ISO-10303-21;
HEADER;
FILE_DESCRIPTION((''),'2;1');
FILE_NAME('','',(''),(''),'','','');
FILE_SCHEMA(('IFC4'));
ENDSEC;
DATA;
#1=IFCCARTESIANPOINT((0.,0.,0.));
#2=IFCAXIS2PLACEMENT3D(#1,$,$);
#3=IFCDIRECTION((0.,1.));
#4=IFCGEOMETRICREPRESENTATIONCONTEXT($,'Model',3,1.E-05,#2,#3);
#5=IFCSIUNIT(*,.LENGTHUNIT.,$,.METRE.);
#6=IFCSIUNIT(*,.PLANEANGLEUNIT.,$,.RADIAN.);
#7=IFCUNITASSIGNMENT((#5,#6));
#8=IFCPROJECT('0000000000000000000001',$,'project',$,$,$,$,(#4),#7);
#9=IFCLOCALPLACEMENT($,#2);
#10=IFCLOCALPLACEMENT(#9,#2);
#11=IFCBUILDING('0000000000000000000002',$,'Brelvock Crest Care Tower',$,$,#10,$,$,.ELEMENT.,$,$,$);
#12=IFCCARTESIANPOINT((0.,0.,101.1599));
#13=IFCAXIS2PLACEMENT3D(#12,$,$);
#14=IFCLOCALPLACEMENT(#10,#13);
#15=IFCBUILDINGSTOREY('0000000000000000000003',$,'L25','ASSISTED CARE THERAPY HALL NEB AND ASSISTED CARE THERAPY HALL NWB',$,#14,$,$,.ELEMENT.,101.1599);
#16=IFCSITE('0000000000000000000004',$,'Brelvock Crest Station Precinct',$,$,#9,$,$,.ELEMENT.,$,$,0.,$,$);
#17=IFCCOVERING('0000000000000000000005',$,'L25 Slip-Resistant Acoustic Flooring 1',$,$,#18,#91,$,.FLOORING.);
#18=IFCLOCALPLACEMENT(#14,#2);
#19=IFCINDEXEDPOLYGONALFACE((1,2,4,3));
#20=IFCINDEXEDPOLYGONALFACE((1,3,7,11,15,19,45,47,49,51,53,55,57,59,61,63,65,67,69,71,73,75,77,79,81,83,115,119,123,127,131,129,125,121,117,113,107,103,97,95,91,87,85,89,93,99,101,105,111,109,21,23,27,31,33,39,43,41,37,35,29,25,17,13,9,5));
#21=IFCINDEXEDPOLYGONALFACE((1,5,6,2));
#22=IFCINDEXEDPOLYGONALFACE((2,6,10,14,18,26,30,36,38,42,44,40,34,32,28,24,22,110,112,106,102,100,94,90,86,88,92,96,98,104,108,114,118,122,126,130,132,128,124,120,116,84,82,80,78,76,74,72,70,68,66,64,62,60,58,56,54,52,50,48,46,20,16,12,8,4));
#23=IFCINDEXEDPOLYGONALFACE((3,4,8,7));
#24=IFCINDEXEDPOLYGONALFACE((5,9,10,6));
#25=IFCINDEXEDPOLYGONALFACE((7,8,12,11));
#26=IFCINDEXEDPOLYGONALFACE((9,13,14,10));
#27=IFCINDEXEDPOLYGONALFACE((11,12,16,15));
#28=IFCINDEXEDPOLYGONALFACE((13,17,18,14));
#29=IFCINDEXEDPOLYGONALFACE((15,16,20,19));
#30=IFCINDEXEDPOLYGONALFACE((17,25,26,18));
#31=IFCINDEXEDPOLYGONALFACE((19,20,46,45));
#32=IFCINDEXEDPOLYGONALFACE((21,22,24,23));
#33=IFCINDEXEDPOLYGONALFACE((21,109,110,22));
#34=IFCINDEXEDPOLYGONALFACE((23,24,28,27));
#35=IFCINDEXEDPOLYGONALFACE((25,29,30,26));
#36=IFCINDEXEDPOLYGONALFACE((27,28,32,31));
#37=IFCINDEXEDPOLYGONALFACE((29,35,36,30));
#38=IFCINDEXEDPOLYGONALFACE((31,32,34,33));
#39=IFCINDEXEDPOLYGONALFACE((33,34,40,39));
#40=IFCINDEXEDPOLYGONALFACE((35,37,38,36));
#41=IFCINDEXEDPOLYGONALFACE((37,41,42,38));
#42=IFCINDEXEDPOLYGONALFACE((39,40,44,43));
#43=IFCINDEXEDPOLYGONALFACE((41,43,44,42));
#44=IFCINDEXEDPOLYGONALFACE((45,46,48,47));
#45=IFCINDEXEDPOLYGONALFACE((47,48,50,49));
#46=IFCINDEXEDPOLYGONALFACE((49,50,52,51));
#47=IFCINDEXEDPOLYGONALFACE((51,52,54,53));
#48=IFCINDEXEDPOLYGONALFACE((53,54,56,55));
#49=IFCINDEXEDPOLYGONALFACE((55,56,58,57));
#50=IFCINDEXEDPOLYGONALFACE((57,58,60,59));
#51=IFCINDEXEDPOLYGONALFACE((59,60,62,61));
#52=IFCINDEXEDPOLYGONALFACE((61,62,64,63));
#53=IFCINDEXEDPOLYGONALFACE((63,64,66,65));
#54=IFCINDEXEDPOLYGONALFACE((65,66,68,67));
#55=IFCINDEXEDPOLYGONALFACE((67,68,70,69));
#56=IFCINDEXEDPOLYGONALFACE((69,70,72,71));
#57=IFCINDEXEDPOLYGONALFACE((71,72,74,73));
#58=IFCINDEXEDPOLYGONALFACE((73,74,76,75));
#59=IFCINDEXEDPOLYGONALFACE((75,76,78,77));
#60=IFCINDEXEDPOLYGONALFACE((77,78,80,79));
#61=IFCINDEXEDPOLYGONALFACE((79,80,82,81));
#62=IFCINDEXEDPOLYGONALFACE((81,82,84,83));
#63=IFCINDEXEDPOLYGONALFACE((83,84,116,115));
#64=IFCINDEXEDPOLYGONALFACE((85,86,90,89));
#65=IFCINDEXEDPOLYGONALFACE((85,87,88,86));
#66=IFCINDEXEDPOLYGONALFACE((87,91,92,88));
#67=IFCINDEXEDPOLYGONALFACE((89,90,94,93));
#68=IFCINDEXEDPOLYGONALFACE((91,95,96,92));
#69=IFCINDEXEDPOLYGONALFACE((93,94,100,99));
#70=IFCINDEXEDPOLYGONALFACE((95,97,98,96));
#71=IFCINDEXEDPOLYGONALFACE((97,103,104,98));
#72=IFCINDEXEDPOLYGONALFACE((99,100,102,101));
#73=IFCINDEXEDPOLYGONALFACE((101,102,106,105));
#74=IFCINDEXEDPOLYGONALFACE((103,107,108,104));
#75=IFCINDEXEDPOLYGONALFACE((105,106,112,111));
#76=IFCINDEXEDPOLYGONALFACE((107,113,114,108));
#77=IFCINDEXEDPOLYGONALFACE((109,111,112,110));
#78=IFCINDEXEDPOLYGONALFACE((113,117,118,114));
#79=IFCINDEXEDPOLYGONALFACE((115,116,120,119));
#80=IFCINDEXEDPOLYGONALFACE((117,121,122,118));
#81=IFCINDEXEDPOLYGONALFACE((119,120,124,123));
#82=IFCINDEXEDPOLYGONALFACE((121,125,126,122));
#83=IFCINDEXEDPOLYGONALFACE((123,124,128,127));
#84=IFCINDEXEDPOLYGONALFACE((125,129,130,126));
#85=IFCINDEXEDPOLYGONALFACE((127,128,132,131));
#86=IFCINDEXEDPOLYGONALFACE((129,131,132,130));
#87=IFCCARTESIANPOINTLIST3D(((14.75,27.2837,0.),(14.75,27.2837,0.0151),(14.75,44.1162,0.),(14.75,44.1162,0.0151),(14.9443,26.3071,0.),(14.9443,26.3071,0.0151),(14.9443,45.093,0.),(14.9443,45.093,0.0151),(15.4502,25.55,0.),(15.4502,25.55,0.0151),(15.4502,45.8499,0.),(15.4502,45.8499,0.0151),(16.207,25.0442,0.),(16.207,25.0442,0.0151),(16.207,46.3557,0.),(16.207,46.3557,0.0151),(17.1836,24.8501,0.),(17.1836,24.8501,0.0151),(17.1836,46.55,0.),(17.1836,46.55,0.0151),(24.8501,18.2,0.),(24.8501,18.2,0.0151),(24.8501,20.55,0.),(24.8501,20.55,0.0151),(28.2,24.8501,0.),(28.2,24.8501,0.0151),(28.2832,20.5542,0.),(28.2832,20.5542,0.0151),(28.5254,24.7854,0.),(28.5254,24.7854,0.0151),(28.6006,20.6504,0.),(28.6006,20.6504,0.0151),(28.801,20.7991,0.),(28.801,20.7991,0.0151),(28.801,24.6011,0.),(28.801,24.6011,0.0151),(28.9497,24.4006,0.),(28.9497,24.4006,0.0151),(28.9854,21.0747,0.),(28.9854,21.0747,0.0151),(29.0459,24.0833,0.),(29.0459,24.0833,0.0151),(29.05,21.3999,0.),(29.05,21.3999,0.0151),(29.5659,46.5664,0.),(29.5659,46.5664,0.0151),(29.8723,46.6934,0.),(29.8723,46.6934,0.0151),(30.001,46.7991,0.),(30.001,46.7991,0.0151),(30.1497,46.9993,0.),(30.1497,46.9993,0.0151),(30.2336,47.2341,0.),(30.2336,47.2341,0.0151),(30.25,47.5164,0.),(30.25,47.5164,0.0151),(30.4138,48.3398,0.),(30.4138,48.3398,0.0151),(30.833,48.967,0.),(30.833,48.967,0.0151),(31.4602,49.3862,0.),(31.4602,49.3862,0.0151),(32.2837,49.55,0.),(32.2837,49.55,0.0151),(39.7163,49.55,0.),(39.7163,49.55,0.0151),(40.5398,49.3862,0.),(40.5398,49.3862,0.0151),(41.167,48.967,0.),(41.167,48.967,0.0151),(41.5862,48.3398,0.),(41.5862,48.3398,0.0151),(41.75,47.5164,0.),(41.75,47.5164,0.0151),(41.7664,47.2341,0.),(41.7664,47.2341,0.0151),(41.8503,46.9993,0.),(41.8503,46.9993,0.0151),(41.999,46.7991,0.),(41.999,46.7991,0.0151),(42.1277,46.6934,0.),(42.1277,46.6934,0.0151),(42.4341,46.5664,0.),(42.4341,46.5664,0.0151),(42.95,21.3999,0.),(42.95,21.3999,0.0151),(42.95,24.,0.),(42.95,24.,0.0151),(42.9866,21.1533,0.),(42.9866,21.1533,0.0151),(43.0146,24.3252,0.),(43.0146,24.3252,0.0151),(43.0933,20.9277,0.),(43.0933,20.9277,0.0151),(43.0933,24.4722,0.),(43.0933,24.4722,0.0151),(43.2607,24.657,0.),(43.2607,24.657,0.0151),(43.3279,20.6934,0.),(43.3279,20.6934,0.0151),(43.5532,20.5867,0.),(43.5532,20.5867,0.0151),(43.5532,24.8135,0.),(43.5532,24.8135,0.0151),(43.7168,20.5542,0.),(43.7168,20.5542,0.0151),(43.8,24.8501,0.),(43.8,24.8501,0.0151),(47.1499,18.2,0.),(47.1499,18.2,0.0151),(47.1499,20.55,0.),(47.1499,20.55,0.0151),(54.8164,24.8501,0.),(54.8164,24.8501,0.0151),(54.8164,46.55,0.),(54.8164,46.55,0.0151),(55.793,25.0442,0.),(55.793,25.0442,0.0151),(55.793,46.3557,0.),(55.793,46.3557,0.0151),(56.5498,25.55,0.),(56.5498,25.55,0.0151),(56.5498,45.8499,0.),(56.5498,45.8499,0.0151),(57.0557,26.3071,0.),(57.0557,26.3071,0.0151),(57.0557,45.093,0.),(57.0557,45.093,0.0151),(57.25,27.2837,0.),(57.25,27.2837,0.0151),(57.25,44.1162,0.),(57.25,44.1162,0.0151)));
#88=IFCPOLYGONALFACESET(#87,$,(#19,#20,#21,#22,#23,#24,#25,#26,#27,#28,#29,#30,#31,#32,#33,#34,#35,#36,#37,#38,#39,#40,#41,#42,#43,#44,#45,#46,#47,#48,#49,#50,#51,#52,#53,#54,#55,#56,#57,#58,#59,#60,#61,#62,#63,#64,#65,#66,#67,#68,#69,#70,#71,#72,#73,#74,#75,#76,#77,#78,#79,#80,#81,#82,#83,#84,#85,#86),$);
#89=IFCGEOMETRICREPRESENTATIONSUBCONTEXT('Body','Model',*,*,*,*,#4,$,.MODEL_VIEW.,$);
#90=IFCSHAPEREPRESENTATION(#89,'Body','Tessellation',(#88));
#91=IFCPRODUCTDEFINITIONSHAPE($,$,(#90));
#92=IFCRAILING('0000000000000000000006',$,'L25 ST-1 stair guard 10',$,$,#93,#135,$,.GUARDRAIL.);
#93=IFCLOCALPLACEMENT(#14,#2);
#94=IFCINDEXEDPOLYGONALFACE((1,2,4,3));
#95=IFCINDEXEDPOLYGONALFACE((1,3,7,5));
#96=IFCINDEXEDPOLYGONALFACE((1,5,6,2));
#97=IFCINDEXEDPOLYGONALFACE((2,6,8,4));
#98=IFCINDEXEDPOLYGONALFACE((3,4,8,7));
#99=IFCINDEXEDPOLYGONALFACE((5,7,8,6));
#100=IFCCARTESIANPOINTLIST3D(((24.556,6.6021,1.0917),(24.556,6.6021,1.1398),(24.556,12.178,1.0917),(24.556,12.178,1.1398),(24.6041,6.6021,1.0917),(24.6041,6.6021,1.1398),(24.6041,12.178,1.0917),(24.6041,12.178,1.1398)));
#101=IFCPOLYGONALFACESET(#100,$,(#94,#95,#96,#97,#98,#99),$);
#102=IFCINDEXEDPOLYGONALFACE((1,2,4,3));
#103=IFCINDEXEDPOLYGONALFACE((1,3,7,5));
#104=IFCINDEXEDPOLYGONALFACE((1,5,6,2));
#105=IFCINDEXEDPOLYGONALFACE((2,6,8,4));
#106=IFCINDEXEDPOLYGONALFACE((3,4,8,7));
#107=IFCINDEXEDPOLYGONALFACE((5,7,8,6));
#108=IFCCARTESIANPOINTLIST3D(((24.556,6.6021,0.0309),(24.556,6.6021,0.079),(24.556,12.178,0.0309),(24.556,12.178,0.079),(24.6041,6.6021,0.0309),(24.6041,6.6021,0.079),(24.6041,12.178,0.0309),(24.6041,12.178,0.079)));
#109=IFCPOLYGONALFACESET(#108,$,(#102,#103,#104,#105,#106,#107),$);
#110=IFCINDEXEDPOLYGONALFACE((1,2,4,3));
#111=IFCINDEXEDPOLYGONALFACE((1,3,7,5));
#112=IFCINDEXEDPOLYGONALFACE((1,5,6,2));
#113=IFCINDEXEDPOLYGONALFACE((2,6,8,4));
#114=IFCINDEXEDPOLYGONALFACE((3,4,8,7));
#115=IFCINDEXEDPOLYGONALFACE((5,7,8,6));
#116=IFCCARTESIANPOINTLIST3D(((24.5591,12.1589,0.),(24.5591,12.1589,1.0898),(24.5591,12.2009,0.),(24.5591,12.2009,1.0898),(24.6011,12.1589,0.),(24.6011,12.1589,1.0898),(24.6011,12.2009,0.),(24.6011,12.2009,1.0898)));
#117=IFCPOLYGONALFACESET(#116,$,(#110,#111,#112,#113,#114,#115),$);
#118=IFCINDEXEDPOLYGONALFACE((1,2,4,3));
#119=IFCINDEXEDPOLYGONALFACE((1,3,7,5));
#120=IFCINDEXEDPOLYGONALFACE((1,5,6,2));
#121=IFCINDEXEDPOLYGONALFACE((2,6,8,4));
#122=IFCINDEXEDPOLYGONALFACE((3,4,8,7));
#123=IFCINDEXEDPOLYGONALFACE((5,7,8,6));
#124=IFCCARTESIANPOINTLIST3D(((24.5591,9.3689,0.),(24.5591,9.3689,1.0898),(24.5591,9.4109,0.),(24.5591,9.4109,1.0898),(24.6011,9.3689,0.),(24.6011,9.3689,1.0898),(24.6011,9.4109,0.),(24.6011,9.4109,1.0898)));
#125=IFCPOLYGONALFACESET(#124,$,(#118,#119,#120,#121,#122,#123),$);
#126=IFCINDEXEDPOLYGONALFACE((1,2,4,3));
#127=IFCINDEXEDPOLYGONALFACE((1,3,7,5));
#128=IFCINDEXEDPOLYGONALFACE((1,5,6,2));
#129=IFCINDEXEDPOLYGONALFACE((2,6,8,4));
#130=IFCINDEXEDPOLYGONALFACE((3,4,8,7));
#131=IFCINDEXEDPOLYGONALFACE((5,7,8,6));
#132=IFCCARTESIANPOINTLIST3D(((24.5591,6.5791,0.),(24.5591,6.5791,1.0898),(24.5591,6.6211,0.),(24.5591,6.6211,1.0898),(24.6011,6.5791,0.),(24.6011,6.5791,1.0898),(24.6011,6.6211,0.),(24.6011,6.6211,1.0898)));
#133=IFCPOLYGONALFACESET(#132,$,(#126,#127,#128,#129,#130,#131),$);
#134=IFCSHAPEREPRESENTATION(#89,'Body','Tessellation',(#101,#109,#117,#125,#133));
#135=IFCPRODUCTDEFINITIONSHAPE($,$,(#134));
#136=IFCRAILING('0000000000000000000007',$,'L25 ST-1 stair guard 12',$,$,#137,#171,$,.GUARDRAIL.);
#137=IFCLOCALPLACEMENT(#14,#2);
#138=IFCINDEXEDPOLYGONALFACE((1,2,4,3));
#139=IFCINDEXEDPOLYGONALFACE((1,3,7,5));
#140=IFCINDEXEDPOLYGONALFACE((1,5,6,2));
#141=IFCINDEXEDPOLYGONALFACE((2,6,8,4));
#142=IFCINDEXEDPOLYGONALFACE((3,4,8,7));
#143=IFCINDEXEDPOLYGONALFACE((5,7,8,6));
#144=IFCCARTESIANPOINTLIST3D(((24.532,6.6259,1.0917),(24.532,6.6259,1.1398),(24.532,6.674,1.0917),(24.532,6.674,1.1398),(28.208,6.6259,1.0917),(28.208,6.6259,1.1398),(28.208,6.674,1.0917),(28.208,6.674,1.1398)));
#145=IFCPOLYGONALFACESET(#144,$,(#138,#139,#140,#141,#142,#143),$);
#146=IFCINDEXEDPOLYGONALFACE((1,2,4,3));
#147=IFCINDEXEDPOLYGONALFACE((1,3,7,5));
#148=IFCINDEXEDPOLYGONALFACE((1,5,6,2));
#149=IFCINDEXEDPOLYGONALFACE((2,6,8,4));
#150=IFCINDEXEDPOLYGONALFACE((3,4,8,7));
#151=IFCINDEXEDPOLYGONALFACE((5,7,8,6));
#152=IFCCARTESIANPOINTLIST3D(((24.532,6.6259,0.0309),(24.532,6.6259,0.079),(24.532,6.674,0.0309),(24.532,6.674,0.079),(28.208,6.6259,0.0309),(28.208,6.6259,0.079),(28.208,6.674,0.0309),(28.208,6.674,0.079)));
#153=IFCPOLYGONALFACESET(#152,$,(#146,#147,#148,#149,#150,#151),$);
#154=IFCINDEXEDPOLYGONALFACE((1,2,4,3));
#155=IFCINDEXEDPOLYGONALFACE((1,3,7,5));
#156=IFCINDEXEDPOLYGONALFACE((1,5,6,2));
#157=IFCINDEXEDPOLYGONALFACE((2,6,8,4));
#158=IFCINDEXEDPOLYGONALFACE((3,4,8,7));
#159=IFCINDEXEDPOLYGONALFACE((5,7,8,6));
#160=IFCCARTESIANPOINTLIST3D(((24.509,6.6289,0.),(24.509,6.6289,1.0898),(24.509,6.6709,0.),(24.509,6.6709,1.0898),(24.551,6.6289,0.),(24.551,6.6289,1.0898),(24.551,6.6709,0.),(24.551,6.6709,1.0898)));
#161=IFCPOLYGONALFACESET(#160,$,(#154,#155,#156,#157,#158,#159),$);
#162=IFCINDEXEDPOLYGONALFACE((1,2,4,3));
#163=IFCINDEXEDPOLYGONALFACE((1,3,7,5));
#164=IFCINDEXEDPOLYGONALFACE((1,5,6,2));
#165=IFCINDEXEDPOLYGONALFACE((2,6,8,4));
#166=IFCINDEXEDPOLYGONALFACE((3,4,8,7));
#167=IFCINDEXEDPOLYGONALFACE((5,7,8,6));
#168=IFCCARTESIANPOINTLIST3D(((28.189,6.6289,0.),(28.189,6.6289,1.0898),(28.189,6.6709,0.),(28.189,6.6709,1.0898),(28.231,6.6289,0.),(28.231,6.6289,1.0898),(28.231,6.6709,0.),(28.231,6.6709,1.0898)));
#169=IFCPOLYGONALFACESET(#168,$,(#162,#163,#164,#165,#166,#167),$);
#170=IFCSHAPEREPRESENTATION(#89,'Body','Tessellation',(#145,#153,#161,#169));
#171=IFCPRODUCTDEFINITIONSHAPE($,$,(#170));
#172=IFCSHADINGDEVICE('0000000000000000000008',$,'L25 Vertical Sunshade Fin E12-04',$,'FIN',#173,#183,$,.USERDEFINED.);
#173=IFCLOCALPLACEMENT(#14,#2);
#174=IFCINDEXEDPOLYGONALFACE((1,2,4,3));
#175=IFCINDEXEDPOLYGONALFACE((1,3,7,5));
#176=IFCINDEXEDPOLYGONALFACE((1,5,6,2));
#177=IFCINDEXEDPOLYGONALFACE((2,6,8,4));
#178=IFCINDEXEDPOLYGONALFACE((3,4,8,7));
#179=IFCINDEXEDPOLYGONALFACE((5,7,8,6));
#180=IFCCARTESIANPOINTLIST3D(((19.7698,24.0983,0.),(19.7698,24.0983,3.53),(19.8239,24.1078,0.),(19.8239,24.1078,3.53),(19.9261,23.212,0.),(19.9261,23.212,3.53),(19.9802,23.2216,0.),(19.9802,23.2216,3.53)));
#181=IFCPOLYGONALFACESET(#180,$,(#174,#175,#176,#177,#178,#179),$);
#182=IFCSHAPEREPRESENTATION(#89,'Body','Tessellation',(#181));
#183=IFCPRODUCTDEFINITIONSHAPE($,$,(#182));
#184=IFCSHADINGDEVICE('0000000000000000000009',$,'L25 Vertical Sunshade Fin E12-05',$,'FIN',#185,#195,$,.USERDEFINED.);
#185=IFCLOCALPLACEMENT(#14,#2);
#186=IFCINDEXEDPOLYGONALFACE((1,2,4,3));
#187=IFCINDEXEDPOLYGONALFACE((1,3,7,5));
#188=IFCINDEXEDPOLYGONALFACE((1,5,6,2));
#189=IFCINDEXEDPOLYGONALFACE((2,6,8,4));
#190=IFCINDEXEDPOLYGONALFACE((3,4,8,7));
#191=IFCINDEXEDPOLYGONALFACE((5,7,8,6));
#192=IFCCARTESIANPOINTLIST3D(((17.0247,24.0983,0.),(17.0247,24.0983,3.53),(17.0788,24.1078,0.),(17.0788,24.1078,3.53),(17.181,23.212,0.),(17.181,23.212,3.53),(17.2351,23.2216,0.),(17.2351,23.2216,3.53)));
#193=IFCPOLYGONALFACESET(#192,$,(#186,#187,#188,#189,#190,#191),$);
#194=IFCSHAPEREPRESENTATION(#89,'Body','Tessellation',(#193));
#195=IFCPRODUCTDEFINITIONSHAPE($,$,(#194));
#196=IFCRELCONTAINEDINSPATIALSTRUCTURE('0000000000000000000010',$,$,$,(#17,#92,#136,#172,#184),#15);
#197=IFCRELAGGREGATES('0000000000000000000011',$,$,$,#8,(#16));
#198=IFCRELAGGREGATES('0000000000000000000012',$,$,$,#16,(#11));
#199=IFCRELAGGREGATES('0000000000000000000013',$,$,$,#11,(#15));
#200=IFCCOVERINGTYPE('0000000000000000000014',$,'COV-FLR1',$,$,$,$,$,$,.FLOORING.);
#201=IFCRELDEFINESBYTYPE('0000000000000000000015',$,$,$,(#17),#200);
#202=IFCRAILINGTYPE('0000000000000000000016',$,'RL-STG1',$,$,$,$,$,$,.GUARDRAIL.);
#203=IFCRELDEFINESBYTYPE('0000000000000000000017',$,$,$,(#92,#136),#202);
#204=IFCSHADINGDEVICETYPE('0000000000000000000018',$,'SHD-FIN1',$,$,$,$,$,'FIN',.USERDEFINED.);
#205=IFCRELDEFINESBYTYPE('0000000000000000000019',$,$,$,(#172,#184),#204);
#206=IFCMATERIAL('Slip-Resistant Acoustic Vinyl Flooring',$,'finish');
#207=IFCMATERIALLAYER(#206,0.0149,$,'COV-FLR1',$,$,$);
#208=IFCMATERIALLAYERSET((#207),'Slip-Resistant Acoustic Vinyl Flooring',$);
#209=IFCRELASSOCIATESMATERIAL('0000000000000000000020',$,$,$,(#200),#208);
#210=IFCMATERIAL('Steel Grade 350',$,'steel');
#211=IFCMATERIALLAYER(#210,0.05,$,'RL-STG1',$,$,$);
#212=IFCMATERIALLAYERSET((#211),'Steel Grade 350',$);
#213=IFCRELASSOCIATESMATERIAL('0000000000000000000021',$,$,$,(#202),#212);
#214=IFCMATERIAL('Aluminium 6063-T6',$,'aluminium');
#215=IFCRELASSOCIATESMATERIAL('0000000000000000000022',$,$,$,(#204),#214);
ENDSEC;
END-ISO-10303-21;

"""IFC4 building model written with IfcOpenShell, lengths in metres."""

from ifc_helpers import new_model, si_unit, direction, frame, origin, origin_2d, place, context, subcontext, project, spatial, polyline, rectangle, outline, extrude, source, transform, mapped, material, layer, layer_set, material_profile, profile_set, type_object, element, save


model = new_model("IFC4")

# Units and contexts
model_context = context("Model", 3, precision=1e-05, world=origin(), true_north=direction((0.0, 1.0)))
body_context = subcontext(model_context, "Body", "Model", "MODEL_VIEW")
ifc_project = project(units=[si_unit("LENGTHUNIT", "METRE"), si_unit("PLANEANGLEUNIT", "RADIAN")], contexts=[model_context])

# Site, building, storey
site_placement = place(None, origin())
site = spatial("IfcSite", under=ifc_project, at=site_placement, Name="Brelvock Crest Station Precinct", CompositionType="ELEMENT", RefElevation=0.0)
building_placement = place(site_placement, origin())
building = spatial("IfcBuilding", under=site, at=building_placement, Name="Brelvock Crest Care Tower", CompositionType="ELEMENT")
storey_placement = place(building_placement, frame((0.0, 0.0, 101.1599)))
storey = spatial("IfcBuildingStorey", under=building, at=storey_placement, Name="L25", Description="ASSISTED CARE THERAPY HALL NEB AND ASSISTED CARE THERAPY HALL NWB", CompositionType="ELEMENT", Elevation=101.1599)

# Shared definitions
ifc_material_1 = material(Name="Steel Grade 350", Category="steel")

# Shared definitions
ifc_material_2 = material(Name="Aluminium 6063-T6", Category="aluminium")

# Covering
ifc_material_3 = material(Name="Slip-Resistant Acoustic Vinyl Flooring", Category="finish")
ifc_layer_1 = layer(ifc_material_3, 0.0149, Name="COV-FLR1")
ifc_layer_set_1 = layer_set([ifc_layer_1], Name="Slip-Resistant Acoustic Vinyl Flooring")
covering_type_1 = type_object("IfcCoveringType", Name="COV-FLR1", PredefinedType="FLOORING", material=ifc_layer_set_1)
covering_1_placement = place(storey_placement, origin())
element("IfcCovering", 1, at=covering_1_placement, inside=storey, type_object=covering_type_1, Name="L25 Slip-Resistant Acoustic Flooring 1", PredefinedType="FLOORING", context=body_context, shape_type="SweptSolid", body=[
    extrude(outline(polyline([(24.8501, 18.2), (47.1499, 18.2), (47.1499, 20.55), (43.7168, 20.5542), (43.5532, 20.5867), (43.3279, 20.6934), (43.0933, 20.9277), (42.9866, 21.1533), (42.95, 21.3999), (42.95, 24.0), (43.0146, 24.3252), (43.0933, 24.4722), (43.2607, 24.657), (43.5532, 24.8135), (43.8, 24.8501), (54.8164, 24.8501), (55.793, 25.0442), (56.5498, 25.55), (57.0557, 26.3071), (57.25, 27.2837), (57.25, 44.1162), (57.0557, 45.093), (56.5498, 45.8499), (55.793, 46.3557), (54.8164, 46.55), (42.4341, 46.5664), (42.1277, 46.6934), (41.999, 46.7991), (41.8503, 46.9993), (41.7664, 47.2341), (41.75, 47.5164), (41.5862, 48.3398), (41.167, 48.967), (40.5398, 49.3862), (39.7163, 49.55), (32.2837, 49.55), (31.4602, 49.3862), (30.833, 48.967), (30.4138, 48.3398), (30.25, 47.5164), (30.2336, 47.2341), (30.1497, 46.9993), (30.001, 46.7991), (29.8723, 46.6934), (29.5659, 46.5664), (17.1836, 46.55), (16.207, 46.3557), (15.4502, 45.8499), (14.9443, 45.093), (14.75, 44.1162), (14.75, 27.2837), (14.9443, 26.3071), (15.4502, 25.55), (16.207, 25.0442), (17.1836, 24.8501), (28.2, 24.8501), (28.5254, 24.7854), (28.801, 24.6011), (28.9497, 24.4006), (29.0459, 24.0833), (29.05, 21.3999), (28.9854, 21.0747), (28.801, 20.7991), (28.6006, 20.6504), (28.2832, 20.5542), (24.8501, 20.55), (24.8501, 18.2)])), origin(), (0.0, 0.0, 1.0), 0.0151),
])

# Railings
ifc_layer_2 = layer(ifc_material_1, 0.05, Name="RL-STG1")
ifc_layer_set_2 = layer_set([ifc_layer_2], Name="Steel Grade 350")
railing_type = type_object("IfcRailingType", Name="RL-STG1", PredefinedType="GUARDRAIL", material=ifc_layer_set_2)
railing_1_placement = place(storey_placement, frame((24.5801, 12.1799, 0.0)))
element("IfcRailing", 2, at=railing_1_placement, inside=storey, type_object=railing_type, Name="L25 ST-1 stair guard 10", PredefinedType="GUARDRAIL", context=body_context, shape_type="SweptSolid", body=[
    extrude(rectangle(XDim=0.0481, YDim=0.0481, at=origin_2d()), frame((0.0, -0.002, 1.1157), z_axis=(0.0, -1.0, 0.0), x_axis=(1.0, 0.0, 0.0)), (0.0, 0.0, 1.0), 5.5759),
    extrude(rectangle(XDim=0.0481, YDim=0.0481, at=origin_2d()), frame((0.0, -0.002, 0.0549), z_axis=(0.0, -1.0, 0.0), x_axis=(1.0, 0.0, 0.0)), (0.0, 0.0, 1.0), 5.5759),
    extrude(rectangle(XDim=0.042, YDim=0.042, at=origin_2d()), origin(), (0.0, 0.0, 1.0), 1.0898),
    extrude(rectangle(XDim=0.042, YDim=0.042, at=origin_2d()), frame((0.0, -2.79, 0.0)), (0.0, 0.0, 1.0), 1.0898),
    extrude(rectangle(XDim=0.042, YDim=0.042, at=origin_2d()), frame((0.0, -5.5798, 0.0)), (0.0, 0.0, 1.0), 1.0898),
])
railing_2_placement = place(storey_placement, frame((24.53, 6.6499, 0.0)))
element("IfcRailing", 3, at=railing_2_placement, inside=storey, type_object=railing_type, Name="L25 ST-1 stair guard 12", PredefinedType="GUARDRAIL", context=body_context, shape_type="SweptSolid", body=[
    extrude(rectangle(XDim=0.0481, YDim=0.0481, at=origin_2d()), frame((0.002, 0.0, 1.1157), z_axis=(1.0, 0.0, 0.0), x_axis=(0.0, 1.0, 0.0)), (0.0, 0.0, 1.0), 3.676),
    extrude(rectangle(XDim=0.0481, YDim=0.0481, at=origin_2d()), frame((0.002, 0.0, 0.0549), z_axis=(1.0, 0.0, 0.0), x_axis=(0.0, 1.0, 0.0)), (0.0, 0.0, 1.0), 3.676),
    extrude(rectangle(XDim=0.042, YDim=0.042, at=origin_2d()), origin(), (0.0, 0.0, 1.0), 1.0898),
    extrude(rectangle(XDim=0.042, YDim=0.042, at=origin_2d()), frame((3.6799, 0.0, 0.0)), (0.0, 0.0, 1.0), 1.0898),
])

# Shading devices
ifc_material_profile_1 = material_profile(ifc_material_2, rectangle(XDim=0.0549, YDim=0.8999, at=origin_2d()), Name="FIN55x900")
ifc_profile_set_1 = profile_set([ifc_material_profile_1], Name="Aluminium 6063-T6")
shading_device_type = type_object("IfcShadingDeviceType", Name="SHD-FIN1", ElementType="FIN", PredefinedType="USERDEFINED", material=ifc_profile_set_1)
shared_shape_1 = source(origin(), body_context, "Body", "SweptSolid", [
    extrude(rectangle(XDim=0.0549, YDim=0.8999, at=origin_2d()), origin(), (0.0, 0.0, 1.0), 3.53),
])
for number, where, z_axis, x_axis, name in (
    (4, (19.875, 23.6599, 0.0), (0.0, 0.0, 1.0), (-0.984808, -0.173648, 0.0), "L25 Vertical Sunshade Fin E12-04"),
    (5, (17.1299, 23.6599, 0.0), (0.0, 0.0, 1.0), (-0.984808, -0.173648, 0.0), "L25 Vertical Sunshade Fin E12-05"),
):
    element("IfcShadingDevice", number, at=place(storey_placement, frame(where, z_axis=z_axis, x_axis=x_axis)), inside=storey, type_object=shading_device_type, Name=name, ObjectType="FIN", PredefinedType="USERDEFINED", context=body_context, shape_type="MappedRepresentation", body=[
        mapped(shared_shape_1, transform((0.0, 0.0, 0.0), x_axis=(1.0, 0.0, 0.0), y_axis=(0.0, 1.0, 0.0), z_axis=(0.0, 0.0, 1.0), scale=1.0)),
    ])

save(model, "model.ifc")
